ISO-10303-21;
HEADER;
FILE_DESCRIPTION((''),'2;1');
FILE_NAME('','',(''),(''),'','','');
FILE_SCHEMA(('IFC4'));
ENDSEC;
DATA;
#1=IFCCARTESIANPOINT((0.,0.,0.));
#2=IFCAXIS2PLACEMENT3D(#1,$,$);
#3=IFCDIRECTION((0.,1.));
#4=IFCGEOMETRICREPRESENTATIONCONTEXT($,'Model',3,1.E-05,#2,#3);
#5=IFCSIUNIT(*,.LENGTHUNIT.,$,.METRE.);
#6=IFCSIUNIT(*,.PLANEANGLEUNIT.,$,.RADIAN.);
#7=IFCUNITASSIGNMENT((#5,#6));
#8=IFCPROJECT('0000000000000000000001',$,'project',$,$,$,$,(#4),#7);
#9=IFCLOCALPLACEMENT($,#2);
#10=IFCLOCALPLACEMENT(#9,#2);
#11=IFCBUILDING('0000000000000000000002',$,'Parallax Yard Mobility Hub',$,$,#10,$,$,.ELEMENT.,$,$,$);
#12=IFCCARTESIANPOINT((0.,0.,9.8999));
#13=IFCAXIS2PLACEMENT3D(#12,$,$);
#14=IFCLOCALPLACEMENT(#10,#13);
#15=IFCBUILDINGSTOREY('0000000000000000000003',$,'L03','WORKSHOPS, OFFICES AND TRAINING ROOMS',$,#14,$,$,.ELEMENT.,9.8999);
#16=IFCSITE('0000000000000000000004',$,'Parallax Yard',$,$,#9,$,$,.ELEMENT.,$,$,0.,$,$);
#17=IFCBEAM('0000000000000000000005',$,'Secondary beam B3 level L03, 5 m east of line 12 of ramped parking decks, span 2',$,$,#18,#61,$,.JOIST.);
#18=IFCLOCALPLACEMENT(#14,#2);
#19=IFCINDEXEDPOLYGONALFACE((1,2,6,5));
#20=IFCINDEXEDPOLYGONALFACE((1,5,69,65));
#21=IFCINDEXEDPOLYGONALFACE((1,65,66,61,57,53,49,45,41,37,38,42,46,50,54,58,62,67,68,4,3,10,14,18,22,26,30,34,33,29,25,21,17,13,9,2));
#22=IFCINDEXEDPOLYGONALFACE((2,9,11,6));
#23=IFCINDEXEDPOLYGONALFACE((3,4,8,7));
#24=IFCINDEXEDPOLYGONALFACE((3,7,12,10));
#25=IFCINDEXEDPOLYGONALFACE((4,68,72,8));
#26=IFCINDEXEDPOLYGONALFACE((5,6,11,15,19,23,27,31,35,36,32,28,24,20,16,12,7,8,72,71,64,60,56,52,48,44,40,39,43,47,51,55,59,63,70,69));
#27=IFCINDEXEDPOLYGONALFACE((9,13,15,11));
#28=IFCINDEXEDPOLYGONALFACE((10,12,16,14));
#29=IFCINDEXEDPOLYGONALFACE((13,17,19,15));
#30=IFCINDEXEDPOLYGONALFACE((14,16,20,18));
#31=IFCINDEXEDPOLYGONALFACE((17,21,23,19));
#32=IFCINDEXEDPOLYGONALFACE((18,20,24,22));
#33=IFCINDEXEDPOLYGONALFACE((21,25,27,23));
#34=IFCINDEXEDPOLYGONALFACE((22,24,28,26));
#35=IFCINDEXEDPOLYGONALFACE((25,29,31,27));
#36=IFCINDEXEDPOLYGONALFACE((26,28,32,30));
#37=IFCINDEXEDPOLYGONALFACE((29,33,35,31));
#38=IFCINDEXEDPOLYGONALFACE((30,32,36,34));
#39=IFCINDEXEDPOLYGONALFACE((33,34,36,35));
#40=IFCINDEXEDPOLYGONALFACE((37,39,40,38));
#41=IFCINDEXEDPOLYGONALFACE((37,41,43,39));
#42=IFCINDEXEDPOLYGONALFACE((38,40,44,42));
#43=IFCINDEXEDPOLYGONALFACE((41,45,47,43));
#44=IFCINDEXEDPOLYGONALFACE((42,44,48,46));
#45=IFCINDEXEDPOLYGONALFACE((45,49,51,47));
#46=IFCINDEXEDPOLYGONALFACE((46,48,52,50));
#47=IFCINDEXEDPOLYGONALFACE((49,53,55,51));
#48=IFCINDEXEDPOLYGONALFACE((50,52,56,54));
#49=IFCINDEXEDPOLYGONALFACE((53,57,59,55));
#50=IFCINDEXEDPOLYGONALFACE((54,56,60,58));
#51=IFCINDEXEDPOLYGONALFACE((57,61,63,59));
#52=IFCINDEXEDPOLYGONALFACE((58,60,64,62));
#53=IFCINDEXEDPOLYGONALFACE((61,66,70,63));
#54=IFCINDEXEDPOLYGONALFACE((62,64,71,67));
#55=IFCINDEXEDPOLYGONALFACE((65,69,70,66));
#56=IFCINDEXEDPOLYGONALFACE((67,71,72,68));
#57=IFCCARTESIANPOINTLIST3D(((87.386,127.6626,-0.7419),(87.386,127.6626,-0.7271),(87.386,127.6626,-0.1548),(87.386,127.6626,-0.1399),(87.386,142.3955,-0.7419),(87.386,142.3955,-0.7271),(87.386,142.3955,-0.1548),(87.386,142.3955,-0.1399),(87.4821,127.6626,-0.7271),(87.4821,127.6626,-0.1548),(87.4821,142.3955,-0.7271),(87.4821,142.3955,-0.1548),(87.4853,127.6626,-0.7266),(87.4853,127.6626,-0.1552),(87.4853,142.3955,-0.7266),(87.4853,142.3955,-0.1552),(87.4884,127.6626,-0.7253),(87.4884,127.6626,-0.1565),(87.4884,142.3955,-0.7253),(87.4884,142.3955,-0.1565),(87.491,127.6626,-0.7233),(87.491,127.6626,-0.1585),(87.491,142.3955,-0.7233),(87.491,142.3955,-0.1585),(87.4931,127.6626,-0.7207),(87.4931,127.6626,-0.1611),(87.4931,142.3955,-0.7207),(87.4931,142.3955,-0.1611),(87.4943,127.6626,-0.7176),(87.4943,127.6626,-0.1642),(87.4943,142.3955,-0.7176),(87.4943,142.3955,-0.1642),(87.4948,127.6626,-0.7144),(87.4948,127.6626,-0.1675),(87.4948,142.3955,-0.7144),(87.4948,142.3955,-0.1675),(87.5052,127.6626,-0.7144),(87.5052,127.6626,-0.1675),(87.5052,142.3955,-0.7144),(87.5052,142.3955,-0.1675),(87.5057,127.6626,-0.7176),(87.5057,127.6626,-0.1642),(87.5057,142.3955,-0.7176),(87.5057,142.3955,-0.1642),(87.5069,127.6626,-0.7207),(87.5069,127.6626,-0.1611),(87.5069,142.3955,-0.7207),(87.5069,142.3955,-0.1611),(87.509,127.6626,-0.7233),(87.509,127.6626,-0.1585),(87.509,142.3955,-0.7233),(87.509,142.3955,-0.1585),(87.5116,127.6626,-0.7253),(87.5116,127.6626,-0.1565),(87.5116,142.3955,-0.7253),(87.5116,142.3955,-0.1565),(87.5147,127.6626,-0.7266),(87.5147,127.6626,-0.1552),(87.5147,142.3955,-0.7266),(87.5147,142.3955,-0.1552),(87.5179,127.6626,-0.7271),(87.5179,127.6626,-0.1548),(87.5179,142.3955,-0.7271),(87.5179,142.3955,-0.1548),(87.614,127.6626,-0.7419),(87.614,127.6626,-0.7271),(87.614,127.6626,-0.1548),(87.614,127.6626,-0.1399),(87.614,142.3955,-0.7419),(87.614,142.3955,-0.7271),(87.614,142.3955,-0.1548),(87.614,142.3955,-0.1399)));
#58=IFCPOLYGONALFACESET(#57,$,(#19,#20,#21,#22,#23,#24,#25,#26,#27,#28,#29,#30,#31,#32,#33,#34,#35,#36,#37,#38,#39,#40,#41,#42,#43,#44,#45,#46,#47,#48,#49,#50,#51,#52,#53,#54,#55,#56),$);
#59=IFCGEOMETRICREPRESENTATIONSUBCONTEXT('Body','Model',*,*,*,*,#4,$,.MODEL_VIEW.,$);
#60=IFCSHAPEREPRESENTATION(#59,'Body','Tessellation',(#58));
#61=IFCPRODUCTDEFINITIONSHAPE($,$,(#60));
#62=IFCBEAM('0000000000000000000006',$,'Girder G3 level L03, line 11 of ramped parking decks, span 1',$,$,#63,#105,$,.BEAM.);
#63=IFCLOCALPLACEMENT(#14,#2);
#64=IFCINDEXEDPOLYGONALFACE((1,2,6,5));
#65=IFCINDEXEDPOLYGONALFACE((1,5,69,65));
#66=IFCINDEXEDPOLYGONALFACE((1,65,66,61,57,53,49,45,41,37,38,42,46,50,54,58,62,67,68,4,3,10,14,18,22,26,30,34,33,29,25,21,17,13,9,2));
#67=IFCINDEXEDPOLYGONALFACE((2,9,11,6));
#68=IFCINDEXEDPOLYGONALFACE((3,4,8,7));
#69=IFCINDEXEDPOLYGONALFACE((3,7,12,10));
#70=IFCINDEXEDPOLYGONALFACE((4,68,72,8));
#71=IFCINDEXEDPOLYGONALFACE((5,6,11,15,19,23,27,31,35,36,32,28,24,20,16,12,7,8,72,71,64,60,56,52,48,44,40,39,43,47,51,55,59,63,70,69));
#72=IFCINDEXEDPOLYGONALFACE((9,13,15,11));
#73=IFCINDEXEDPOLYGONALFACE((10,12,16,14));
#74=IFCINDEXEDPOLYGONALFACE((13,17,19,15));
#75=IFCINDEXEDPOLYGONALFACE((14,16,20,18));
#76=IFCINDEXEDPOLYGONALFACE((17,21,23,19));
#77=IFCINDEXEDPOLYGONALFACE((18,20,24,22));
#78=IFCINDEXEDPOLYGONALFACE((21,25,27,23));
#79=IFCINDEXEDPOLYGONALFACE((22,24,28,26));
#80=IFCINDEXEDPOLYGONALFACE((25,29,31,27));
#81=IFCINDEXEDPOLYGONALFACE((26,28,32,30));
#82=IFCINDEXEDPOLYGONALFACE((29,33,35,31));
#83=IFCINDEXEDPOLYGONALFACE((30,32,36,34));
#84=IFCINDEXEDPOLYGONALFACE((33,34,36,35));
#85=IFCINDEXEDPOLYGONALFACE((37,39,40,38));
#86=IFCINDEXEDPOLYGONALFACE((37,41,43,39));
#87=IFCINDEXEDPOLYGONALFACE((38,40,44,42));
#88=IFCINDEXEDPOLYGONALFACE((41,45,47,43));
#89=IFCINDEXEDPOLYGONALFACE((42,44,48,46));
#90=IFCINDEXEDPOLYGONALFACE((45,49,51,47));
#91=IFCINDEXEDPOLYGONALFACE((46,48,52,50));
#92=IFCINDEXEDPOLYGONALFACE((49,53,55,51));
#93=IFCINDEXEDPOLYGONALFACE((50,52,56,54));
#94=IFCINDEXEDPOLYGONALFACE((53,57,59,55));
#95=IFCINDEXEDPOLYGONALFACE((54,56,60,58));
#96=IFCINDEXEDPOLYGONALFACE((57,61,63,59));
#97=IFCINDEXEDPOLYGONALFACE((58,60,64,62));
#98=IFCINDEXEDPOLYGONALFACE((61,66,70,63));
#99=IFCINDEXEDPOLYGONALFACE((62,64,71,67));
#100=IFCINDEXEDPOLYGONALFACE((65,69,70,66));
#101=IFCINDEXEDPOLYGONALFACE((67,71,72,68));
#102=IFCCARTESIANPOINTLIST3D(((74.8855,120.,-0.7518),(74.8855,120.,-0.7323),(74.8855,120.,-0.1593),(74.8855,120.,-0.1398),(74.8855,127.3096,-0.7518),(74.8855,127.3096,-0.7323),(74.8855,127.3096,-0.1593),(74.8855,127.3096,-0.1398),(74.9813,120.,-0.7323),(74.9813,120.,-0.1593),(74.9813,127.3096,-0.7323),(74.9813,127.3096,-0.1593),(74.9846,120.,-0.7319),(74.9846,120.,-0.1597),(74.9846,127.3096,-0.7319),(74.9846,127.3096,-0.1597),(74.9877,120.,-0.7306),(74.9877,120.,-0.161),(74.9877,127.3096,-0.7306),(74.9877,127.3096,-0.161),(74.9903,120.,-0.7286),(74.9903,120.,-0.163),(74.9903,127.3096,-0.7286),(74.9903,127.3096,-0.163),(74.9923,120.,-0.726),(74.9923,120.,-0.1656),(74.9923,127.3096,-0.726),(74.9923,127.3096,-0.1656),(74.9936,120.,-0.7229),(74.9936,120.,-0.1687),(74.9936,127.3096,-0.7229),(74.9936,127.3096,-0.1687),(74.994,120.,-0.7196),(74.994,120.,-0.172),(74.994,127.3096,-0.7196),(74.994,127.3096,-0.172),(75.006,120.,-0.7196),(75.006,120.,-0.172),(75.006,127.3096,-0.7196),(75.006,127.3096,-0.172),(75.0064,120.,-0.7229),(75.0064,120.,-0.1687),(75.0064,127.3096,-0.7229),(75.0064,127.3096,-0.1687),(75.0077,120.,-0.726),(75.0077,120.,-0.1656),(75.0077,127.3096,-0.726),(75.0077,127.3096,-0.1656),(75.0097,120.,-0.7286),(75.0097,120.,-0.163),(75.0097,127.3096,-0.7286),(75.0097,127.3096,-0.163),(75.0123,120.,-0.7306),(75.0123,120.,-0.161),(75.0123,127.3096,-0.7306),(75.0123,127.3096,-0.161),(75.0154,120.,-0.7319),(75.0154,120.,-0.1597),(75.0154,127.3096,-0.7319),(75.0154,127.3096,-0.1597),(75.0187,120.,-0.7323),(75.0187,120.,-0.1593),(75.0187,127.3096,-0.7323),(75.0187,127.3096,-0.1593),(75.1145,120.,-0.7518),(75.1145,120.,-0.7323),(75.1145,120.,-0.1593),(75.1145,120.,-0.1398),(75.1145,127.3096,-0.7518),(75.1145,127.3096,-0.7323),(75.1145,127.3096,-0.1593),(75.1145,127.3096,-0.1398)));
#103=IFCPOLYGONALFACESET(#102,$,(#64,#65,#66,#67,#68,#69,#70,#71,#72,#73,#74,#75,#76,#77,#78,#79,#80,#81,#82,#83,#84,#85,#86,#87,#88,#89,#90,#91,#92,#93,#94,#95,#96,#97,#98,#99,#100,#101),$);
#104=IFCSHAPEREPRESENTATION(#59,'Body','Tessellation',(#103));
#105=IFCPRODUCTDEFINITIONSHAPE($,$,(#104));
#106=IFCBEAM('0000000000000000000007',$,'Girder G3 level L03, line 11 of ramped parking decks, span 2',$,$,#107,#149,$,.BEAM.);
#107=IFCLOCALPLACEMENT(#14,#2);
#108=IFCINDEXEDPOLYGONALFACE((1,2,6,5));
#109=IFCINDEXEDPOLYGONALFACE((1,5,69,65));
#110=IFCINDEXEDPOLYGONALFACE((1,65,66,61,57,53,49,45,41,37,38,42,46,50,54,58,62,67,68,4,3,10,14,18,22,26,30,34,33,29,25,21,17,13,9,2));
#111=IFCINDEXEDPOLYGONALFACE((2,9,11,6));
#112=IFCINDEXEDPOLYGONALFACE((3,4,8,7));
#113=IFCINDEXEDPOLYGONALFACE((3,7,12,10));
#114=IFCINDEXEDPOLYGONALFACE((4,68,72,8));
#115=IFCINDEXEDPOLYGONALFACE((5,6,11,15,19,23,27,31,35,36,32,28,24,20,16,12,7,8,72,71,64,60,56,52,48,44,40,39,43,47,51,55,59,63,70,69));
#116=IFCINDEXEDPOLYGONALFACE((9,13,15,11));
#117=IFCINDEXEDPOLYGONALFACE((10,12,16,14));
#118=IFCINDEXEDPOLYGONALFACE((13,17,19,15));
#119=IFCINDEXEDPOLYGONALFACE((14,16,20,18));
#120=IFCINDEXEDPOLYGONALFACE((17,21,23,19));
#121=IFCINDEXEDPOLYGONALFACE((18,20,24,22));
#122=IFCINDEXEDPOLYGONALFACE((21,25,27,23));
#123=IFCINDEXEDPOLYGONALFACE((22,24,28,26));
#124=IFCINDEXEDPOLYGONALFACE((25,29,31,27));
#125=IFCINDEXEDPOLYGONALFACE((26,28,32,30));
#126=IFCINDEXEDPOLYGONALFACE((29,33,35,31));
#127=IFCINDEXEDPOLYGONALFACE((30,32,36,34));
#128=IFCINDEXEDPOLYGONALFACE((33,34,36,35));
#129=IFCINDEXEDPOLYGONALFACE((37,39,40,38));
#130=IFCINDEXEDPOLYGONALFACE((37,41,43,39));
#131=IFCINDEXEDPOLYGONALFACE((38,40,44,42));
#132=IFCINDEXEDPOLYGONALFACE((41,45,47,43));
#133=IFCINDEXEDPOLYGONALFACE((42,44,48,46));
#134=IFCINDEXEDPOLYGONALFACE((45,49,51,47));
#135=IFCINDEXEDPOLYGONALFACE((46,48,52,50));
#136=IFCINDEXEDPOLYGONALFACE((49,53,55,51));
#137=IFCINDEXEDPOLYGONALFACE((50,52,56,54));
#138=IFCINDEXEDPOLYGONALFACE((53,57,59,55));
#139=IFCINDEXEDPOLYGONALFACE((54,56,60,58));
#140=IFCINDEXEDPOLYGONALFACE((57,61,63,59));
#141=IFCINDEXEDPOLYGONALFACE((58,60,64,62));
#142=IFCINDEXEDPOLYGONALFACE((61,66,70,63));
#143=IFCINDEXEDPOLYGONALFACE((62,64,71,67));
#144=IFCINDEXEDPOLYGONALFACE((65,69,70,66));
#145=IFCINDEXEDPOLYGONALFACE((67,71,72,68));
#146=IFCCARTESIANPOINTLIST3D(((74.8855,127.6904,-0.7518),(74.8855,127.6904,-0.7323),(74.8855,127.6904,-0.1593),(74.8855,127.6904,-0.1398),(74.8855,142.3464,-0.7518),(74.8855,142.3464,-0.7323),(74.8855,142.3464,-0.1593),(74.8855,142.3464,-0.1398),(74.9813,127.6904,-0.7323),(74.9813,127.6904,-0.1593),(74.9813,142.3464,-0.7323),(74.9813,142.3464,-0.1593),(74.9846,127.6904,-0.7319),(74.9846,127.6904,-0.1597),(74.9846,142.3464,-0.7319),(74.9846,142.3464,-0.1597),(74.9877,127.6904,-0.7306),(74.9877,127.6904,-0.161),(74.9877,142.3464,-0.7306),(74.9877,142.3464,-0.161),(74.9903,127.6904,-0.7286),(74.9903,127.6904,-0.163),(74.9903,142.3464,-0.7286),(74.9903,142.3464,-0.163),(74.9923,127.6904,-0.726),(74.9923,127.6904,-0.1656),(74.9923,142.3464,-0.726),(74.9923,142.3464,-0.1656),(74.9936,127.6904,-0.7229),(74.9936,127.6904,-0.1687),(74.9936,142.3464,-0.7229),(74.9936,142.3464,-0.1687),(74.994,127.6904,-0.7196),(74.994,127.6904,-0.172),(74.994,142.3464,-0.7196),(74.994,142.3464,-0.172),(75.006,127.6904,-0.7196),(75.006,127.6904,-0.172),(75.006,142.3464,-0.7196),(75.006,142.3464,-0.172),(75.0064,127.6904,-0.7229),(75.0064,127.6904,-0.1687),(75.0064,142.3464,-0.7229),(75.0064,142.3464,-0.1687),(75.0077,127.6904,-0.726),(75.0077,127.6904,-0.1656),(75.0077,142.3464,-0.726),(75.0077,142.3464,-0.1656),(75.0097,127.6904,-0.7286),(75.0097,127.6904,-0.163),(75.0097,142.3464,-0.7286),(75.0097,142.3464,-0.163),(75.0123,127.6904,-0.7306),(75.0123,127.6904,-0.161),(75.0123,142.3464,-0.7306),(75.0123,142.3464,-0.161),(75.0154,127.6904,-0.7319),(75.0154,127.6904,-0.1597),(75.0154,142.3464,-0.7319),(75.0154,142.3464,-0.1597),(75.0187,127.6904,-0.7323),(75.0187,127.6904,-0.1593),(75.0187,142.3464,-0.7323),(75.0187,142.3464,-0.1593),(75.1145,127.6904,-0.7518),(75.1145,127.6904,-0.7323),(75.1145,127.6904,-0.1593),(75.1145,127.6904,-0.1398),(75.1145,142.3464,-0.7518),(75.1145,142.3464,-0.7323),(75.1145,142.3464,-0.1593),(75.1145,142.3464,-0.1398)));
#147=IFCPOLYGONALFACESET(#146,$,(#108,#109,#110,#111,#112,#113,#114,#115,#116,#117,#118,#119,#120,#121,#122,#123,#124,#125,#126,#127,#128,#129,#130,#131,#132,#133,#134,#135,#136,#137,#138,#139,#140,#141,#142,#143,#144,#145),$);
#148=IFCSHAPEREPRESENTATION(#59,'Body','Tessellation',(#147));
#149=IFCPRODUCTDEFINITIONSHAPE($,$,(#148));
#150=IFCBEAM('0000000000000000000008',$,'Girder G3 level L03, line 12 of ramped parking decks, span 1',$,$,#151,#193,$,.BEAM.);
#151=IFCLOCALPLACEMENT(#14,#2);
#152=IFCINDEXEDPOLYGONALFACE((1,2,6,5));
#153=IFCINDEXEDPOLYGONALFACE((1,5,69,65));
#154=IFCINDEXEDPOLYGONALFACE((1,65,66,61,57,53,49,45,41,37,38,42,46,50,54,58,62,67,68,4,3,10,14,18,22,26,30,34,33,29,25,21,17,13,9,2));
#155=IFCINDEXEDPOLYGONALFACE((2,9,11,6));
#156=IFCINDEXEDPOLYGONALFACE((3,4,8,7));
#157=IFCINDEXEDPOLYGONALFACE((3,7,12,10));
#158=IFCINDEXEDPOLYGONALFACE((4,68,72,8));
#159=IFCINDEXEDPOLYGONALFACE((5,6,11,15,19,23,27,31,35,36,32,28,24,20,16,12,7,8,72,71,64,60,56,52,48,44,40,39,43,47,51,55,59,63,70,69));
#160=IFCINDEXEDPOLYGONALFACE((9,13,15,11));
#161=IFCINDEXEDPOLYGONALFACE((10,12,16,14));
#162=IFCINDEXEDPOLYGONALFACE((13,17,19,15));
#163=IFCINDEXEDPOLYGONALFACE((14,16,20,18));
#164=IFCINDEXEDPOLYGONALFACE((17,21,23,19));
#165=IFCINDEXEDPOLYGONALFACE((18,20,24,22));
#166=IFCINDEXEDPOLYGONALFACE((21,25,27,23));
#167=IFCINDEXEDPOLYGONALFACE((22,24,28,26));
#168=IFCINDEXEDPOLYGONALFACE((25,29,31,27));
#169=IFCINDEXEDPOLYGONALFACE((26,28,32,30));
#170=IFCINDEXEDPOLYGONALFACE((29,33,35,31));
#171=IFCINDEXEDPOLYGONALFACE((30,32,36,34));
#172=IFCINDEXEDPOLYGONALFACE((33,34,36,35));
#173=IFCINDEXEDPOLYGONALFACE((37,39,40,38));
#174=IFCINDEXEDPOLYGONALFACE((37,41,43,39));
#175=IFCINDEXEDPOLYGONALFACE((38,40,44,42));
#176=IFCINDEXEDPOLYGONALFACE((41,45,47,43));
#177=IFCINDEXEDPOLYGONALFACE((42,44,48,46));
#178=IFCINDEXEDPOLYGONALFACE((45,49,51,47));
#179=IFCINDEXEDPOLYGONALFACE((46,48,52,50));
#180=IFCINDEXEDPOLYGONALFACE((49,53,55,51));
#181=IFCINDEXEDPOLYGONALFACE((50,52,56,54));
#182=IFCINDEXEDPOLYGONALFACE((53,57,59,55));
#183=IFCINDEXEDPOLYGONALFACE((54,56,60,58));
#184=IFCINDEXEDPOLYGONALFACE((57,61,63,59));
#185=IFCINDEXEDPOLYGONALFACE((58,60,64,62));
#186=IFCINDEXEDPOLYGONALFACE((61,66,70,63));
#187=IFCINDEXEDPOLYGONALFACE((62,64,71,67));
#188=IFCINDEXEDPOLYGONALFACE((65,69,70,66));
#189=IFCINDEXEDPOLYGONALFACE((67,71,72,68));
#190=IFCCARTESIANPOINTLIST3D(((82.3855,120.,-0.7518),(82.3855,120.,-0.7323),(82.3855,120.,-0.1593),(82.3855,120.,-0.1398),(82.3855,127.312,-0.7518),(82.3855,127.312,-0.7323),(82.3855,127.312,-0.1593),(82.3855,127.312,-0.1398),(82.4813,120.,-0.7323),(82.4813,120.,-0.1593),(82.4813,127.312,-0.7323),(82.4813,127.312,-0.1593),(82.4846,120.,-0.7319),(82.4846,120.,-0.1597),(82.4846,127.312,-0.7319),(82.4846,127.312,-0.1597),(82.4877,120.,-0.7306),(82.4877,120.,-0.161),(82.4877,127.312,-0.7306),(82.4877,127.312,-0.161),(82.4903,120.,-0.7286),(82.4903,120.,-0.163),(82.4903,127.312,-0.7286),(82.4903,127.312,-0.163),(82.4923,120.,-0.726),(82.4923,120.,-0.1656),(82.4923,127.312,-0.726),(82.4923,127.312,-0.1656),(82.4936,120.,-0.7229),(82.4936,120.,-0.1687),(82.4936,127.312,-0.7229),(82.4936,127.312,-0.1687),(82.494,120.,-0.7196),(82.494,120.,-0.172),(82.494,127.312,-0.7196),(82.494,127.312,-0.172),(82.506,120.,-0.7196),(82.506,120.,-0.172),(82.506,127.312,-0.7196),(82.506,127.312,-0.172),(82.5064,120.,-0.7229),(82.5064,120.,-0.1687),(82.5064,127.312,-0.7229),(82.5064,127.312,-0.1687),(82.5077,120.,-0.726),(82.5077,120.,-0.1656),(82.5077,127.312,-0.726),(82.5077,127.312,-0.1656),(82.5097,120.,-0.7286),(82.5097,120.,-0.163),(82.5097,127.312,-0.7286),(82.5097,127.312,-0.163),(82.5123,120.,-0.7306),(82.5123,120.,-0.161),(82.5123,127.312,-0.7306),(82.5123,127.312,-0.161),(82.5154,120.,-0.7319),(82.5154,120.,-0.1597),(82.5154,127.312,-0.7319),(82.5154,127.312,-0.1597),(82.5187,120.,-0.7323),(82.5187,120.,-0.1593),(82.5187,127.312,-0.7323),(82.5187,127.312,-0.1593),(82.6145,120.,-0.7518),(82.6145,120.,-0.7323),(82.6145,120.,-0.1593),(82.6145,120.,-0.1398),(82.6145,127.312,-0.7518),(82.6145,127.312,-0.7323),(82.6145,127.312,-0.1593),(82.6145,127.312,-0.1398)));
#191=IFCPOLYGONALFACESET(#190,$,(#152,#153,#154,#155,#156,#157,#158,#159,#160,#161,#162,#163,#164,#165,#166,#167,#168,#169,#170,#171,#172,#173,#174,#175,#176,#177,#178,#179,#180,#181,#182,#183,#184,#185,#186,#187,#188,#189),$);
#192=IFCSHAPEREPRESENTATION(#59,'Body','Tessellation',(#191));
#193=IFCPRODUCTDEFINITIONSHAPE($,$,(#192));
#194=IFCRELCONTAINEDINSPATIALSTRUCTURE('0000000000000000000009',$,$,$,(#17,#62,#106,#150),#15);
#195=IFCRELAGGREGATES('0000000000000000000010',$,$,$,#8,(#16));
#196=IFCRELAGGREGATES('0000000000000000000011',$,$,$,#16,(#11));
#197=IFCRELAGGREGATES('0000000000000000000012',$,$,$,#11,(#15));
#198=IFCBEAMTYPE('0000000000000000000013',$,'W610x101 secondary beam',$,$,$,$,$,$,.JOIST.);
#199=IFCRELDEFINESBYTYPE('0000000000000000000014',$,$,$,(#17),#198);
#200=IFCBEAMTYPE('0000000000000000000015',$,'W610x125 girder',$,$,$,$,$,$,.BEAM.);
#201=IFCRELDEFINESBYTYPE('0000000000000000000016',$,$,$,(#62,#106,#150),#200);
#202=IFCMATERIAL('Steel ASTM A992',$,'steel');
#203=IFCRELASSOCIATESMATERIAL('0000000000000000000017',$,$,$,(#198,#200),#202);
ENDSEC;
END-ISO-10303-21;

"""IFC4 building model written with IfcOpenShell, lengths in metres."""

from ifc_helpers import new_model, si_unit, direction, frame, origin, origin_2d, place, context, subcontext, project, spatial, i_section, extrude, material, material_profile, profile_set, type_object, element, save


model = new_model("IFC4")

# Units and contexts
model_context = context("Model", 3, precision=1e-05, world=origin(), true_north=direction((0.0, 1.0)))
body_context = subcontext(model_context, "Body", "Model", "MODEL_VIEW")
ifc_project = project(units=[si_unit("LENGTHUNIT", "METRE"), si_unit("PLANEANGLEUNIT", "RADIAN")], contexts=[model_context])

# Site, building, storey
site_placement = place(None, origin())
site = spatial("IfcSite", under=ifc_project, at=site_placement, Name="Parallax Yard", CompositionType="ELEMENT", RefElevation=0.0)
building_placement = place(site_placement, origin())
building = spatial("IfcBuilding", under=site, at=building_placement, Name="Parallax Yard Mobility Hub", CompositionType="ELEMENT")
storey_placement = place(building_placement, frame((0.0, 0.0, 9.8999)))
storey = spatial("IfcBuildingStorey", under=building, at=storey_placement, Name="L03", Description="WORKSHOPS, OFFICES AND TRAINING ROOMS", CompositionType="ELEMENT", Elevation=9.8999)

# Shared definitions
ifc_material_1 = material(Name="Steel ASTM A992", Category="steel")

# Beams
ifc_material_profile_1 = material_profile(ifc_material_1, i_section(OverallWidth=0.228, OverallDepth=0.6021, WebThickness=0.0105, FlangeThickness=0.0149, FilletRadius=0.0127, at=origin_2d()), Name="W610x101")
ifc_profile_set_1 = profile_set([ifc_material_profile_1], Name="Steel ASTM A992")
beam_type_1 = type_object("IfcBeamType", Name="W610x101 secondary beam", PredefinedType="JOIST", material=ifc_profile_set_1)
for number, where, z_axis, x_axis, name in (
    (1, (87.5, 127.6626, -0.4409), (0.0, 1.0, 0.0), (-1.0, 0.0, 0.0), "Secondary beam B3 level L03, 5 m east of line 12 of ramped parking decks, span 2"),
):
    element("IfcBeam", number, at=place(storey_placement, frame(where, z_axis=z_axis, x_axis=x_axis)), inside=storey, type_object=beam_type_1, Name=name, PredefinedType="JOIST", context=body_context, shape_type="SweptSolid", body=[
        extrude(i_section(OverallWidth=0.228, OverallDepth=0.6021, WebThickness=0.0105, FlangeThickness=0.0149, FilletRadius=0.0127, at=origin_2d()), origin(), (0.0, 0.0, 1.0), 14.7329),
    ])
ifc_material_profile_2 = material_profile(ifc_material_1, i_section(OverallWidth=0.229, OverallDepth=0.6121, WebThickness=0.012, FlangeThickness=0.0195, FilletRadius=0.0127, at=origin_2d()), Name="W610x125")
ifc_profile_set_2 = profile_set([ifc_material_profile_2], Name="Steel ASTM A992")
beam_type_2 = type_object("IfcBeamType", Name="W610x125 girder", PredefinedType="BEAM", material=ifc_profile_set_2)
beam_1_placement = place(storey_placement, frame((75.0, 120.0, -0.4458), z_axis=(0.0, 1.0, 0.0), x_axis=(-1.0, 0.0, 0.0)))
element("IfcBeam", 2, at=beam_1_placement, inside=storey, type_object=beam_type_2, Name="Girder G3 level L03, line 11 of ramped parking decks, span 1", PredefinedType="BEAM", context=body_context, shape_type="SweptSolid", body=[
    extrude(i_section(OverallWidth=0.229, OverallDepth=0.6121, WebThickness=0.012, FlangeThickness=0.0195, FilletRadius=0.0127, at=origin_2d()), origin(), (0.0, 0.0, 1.0), 7.3096),
])
beam_2_placement = place(storey_placement, frame((75.0, 127.6904, -0.4458), z_axis=(0.0, 1.0, 0.0), x_axis=(-1.0, 0.0, 0.0)))
element("IfcBeam", 3, at=beam_2_placement, inside=storey, type_object=beam_type_2, Name="Girder G3 level L03, line 11 of ramped parking decks, span 2", PredefinedType="BEAM", context=body_context, shape_type="SweptSolid", body=[
    extrude(i_section(OverallWidth=0.229, OverallDepth=0.6121, WebThickness=0.012, FlangeThickness=0.0195, FilletRadius=0.0127, at=origin_2d()), origin(), (0.0, 0.0, 1.0), 14.656),
])
beam_3_placement = place(storey_placement, frame((82.5, 120.0, -0.4458), z_axis=(0.0, 1.0, 0.0), x_axis=(-1.0, 0.0, 0.0)))
element("IfcBeam", 4, at=beam_3_placement, inside=storey, type_object=beam_type_2, Name="Girder G3 level L03, line 12 of ramped parking decks, span 1", PredefinedType="BEAM", context=body_context, shape_type="SweptSolid", body=[
    extrude(i_section(OverallWidth=0.229, OverallDepth=0.6121, WebThickness=0.012, FlangeThickness=0.0195, FilletRadius=0.0127, at=origin_2d()), origin(), (0.0, 0.0, 1.0), 7.312),
])

save(model, "model.ifc")
